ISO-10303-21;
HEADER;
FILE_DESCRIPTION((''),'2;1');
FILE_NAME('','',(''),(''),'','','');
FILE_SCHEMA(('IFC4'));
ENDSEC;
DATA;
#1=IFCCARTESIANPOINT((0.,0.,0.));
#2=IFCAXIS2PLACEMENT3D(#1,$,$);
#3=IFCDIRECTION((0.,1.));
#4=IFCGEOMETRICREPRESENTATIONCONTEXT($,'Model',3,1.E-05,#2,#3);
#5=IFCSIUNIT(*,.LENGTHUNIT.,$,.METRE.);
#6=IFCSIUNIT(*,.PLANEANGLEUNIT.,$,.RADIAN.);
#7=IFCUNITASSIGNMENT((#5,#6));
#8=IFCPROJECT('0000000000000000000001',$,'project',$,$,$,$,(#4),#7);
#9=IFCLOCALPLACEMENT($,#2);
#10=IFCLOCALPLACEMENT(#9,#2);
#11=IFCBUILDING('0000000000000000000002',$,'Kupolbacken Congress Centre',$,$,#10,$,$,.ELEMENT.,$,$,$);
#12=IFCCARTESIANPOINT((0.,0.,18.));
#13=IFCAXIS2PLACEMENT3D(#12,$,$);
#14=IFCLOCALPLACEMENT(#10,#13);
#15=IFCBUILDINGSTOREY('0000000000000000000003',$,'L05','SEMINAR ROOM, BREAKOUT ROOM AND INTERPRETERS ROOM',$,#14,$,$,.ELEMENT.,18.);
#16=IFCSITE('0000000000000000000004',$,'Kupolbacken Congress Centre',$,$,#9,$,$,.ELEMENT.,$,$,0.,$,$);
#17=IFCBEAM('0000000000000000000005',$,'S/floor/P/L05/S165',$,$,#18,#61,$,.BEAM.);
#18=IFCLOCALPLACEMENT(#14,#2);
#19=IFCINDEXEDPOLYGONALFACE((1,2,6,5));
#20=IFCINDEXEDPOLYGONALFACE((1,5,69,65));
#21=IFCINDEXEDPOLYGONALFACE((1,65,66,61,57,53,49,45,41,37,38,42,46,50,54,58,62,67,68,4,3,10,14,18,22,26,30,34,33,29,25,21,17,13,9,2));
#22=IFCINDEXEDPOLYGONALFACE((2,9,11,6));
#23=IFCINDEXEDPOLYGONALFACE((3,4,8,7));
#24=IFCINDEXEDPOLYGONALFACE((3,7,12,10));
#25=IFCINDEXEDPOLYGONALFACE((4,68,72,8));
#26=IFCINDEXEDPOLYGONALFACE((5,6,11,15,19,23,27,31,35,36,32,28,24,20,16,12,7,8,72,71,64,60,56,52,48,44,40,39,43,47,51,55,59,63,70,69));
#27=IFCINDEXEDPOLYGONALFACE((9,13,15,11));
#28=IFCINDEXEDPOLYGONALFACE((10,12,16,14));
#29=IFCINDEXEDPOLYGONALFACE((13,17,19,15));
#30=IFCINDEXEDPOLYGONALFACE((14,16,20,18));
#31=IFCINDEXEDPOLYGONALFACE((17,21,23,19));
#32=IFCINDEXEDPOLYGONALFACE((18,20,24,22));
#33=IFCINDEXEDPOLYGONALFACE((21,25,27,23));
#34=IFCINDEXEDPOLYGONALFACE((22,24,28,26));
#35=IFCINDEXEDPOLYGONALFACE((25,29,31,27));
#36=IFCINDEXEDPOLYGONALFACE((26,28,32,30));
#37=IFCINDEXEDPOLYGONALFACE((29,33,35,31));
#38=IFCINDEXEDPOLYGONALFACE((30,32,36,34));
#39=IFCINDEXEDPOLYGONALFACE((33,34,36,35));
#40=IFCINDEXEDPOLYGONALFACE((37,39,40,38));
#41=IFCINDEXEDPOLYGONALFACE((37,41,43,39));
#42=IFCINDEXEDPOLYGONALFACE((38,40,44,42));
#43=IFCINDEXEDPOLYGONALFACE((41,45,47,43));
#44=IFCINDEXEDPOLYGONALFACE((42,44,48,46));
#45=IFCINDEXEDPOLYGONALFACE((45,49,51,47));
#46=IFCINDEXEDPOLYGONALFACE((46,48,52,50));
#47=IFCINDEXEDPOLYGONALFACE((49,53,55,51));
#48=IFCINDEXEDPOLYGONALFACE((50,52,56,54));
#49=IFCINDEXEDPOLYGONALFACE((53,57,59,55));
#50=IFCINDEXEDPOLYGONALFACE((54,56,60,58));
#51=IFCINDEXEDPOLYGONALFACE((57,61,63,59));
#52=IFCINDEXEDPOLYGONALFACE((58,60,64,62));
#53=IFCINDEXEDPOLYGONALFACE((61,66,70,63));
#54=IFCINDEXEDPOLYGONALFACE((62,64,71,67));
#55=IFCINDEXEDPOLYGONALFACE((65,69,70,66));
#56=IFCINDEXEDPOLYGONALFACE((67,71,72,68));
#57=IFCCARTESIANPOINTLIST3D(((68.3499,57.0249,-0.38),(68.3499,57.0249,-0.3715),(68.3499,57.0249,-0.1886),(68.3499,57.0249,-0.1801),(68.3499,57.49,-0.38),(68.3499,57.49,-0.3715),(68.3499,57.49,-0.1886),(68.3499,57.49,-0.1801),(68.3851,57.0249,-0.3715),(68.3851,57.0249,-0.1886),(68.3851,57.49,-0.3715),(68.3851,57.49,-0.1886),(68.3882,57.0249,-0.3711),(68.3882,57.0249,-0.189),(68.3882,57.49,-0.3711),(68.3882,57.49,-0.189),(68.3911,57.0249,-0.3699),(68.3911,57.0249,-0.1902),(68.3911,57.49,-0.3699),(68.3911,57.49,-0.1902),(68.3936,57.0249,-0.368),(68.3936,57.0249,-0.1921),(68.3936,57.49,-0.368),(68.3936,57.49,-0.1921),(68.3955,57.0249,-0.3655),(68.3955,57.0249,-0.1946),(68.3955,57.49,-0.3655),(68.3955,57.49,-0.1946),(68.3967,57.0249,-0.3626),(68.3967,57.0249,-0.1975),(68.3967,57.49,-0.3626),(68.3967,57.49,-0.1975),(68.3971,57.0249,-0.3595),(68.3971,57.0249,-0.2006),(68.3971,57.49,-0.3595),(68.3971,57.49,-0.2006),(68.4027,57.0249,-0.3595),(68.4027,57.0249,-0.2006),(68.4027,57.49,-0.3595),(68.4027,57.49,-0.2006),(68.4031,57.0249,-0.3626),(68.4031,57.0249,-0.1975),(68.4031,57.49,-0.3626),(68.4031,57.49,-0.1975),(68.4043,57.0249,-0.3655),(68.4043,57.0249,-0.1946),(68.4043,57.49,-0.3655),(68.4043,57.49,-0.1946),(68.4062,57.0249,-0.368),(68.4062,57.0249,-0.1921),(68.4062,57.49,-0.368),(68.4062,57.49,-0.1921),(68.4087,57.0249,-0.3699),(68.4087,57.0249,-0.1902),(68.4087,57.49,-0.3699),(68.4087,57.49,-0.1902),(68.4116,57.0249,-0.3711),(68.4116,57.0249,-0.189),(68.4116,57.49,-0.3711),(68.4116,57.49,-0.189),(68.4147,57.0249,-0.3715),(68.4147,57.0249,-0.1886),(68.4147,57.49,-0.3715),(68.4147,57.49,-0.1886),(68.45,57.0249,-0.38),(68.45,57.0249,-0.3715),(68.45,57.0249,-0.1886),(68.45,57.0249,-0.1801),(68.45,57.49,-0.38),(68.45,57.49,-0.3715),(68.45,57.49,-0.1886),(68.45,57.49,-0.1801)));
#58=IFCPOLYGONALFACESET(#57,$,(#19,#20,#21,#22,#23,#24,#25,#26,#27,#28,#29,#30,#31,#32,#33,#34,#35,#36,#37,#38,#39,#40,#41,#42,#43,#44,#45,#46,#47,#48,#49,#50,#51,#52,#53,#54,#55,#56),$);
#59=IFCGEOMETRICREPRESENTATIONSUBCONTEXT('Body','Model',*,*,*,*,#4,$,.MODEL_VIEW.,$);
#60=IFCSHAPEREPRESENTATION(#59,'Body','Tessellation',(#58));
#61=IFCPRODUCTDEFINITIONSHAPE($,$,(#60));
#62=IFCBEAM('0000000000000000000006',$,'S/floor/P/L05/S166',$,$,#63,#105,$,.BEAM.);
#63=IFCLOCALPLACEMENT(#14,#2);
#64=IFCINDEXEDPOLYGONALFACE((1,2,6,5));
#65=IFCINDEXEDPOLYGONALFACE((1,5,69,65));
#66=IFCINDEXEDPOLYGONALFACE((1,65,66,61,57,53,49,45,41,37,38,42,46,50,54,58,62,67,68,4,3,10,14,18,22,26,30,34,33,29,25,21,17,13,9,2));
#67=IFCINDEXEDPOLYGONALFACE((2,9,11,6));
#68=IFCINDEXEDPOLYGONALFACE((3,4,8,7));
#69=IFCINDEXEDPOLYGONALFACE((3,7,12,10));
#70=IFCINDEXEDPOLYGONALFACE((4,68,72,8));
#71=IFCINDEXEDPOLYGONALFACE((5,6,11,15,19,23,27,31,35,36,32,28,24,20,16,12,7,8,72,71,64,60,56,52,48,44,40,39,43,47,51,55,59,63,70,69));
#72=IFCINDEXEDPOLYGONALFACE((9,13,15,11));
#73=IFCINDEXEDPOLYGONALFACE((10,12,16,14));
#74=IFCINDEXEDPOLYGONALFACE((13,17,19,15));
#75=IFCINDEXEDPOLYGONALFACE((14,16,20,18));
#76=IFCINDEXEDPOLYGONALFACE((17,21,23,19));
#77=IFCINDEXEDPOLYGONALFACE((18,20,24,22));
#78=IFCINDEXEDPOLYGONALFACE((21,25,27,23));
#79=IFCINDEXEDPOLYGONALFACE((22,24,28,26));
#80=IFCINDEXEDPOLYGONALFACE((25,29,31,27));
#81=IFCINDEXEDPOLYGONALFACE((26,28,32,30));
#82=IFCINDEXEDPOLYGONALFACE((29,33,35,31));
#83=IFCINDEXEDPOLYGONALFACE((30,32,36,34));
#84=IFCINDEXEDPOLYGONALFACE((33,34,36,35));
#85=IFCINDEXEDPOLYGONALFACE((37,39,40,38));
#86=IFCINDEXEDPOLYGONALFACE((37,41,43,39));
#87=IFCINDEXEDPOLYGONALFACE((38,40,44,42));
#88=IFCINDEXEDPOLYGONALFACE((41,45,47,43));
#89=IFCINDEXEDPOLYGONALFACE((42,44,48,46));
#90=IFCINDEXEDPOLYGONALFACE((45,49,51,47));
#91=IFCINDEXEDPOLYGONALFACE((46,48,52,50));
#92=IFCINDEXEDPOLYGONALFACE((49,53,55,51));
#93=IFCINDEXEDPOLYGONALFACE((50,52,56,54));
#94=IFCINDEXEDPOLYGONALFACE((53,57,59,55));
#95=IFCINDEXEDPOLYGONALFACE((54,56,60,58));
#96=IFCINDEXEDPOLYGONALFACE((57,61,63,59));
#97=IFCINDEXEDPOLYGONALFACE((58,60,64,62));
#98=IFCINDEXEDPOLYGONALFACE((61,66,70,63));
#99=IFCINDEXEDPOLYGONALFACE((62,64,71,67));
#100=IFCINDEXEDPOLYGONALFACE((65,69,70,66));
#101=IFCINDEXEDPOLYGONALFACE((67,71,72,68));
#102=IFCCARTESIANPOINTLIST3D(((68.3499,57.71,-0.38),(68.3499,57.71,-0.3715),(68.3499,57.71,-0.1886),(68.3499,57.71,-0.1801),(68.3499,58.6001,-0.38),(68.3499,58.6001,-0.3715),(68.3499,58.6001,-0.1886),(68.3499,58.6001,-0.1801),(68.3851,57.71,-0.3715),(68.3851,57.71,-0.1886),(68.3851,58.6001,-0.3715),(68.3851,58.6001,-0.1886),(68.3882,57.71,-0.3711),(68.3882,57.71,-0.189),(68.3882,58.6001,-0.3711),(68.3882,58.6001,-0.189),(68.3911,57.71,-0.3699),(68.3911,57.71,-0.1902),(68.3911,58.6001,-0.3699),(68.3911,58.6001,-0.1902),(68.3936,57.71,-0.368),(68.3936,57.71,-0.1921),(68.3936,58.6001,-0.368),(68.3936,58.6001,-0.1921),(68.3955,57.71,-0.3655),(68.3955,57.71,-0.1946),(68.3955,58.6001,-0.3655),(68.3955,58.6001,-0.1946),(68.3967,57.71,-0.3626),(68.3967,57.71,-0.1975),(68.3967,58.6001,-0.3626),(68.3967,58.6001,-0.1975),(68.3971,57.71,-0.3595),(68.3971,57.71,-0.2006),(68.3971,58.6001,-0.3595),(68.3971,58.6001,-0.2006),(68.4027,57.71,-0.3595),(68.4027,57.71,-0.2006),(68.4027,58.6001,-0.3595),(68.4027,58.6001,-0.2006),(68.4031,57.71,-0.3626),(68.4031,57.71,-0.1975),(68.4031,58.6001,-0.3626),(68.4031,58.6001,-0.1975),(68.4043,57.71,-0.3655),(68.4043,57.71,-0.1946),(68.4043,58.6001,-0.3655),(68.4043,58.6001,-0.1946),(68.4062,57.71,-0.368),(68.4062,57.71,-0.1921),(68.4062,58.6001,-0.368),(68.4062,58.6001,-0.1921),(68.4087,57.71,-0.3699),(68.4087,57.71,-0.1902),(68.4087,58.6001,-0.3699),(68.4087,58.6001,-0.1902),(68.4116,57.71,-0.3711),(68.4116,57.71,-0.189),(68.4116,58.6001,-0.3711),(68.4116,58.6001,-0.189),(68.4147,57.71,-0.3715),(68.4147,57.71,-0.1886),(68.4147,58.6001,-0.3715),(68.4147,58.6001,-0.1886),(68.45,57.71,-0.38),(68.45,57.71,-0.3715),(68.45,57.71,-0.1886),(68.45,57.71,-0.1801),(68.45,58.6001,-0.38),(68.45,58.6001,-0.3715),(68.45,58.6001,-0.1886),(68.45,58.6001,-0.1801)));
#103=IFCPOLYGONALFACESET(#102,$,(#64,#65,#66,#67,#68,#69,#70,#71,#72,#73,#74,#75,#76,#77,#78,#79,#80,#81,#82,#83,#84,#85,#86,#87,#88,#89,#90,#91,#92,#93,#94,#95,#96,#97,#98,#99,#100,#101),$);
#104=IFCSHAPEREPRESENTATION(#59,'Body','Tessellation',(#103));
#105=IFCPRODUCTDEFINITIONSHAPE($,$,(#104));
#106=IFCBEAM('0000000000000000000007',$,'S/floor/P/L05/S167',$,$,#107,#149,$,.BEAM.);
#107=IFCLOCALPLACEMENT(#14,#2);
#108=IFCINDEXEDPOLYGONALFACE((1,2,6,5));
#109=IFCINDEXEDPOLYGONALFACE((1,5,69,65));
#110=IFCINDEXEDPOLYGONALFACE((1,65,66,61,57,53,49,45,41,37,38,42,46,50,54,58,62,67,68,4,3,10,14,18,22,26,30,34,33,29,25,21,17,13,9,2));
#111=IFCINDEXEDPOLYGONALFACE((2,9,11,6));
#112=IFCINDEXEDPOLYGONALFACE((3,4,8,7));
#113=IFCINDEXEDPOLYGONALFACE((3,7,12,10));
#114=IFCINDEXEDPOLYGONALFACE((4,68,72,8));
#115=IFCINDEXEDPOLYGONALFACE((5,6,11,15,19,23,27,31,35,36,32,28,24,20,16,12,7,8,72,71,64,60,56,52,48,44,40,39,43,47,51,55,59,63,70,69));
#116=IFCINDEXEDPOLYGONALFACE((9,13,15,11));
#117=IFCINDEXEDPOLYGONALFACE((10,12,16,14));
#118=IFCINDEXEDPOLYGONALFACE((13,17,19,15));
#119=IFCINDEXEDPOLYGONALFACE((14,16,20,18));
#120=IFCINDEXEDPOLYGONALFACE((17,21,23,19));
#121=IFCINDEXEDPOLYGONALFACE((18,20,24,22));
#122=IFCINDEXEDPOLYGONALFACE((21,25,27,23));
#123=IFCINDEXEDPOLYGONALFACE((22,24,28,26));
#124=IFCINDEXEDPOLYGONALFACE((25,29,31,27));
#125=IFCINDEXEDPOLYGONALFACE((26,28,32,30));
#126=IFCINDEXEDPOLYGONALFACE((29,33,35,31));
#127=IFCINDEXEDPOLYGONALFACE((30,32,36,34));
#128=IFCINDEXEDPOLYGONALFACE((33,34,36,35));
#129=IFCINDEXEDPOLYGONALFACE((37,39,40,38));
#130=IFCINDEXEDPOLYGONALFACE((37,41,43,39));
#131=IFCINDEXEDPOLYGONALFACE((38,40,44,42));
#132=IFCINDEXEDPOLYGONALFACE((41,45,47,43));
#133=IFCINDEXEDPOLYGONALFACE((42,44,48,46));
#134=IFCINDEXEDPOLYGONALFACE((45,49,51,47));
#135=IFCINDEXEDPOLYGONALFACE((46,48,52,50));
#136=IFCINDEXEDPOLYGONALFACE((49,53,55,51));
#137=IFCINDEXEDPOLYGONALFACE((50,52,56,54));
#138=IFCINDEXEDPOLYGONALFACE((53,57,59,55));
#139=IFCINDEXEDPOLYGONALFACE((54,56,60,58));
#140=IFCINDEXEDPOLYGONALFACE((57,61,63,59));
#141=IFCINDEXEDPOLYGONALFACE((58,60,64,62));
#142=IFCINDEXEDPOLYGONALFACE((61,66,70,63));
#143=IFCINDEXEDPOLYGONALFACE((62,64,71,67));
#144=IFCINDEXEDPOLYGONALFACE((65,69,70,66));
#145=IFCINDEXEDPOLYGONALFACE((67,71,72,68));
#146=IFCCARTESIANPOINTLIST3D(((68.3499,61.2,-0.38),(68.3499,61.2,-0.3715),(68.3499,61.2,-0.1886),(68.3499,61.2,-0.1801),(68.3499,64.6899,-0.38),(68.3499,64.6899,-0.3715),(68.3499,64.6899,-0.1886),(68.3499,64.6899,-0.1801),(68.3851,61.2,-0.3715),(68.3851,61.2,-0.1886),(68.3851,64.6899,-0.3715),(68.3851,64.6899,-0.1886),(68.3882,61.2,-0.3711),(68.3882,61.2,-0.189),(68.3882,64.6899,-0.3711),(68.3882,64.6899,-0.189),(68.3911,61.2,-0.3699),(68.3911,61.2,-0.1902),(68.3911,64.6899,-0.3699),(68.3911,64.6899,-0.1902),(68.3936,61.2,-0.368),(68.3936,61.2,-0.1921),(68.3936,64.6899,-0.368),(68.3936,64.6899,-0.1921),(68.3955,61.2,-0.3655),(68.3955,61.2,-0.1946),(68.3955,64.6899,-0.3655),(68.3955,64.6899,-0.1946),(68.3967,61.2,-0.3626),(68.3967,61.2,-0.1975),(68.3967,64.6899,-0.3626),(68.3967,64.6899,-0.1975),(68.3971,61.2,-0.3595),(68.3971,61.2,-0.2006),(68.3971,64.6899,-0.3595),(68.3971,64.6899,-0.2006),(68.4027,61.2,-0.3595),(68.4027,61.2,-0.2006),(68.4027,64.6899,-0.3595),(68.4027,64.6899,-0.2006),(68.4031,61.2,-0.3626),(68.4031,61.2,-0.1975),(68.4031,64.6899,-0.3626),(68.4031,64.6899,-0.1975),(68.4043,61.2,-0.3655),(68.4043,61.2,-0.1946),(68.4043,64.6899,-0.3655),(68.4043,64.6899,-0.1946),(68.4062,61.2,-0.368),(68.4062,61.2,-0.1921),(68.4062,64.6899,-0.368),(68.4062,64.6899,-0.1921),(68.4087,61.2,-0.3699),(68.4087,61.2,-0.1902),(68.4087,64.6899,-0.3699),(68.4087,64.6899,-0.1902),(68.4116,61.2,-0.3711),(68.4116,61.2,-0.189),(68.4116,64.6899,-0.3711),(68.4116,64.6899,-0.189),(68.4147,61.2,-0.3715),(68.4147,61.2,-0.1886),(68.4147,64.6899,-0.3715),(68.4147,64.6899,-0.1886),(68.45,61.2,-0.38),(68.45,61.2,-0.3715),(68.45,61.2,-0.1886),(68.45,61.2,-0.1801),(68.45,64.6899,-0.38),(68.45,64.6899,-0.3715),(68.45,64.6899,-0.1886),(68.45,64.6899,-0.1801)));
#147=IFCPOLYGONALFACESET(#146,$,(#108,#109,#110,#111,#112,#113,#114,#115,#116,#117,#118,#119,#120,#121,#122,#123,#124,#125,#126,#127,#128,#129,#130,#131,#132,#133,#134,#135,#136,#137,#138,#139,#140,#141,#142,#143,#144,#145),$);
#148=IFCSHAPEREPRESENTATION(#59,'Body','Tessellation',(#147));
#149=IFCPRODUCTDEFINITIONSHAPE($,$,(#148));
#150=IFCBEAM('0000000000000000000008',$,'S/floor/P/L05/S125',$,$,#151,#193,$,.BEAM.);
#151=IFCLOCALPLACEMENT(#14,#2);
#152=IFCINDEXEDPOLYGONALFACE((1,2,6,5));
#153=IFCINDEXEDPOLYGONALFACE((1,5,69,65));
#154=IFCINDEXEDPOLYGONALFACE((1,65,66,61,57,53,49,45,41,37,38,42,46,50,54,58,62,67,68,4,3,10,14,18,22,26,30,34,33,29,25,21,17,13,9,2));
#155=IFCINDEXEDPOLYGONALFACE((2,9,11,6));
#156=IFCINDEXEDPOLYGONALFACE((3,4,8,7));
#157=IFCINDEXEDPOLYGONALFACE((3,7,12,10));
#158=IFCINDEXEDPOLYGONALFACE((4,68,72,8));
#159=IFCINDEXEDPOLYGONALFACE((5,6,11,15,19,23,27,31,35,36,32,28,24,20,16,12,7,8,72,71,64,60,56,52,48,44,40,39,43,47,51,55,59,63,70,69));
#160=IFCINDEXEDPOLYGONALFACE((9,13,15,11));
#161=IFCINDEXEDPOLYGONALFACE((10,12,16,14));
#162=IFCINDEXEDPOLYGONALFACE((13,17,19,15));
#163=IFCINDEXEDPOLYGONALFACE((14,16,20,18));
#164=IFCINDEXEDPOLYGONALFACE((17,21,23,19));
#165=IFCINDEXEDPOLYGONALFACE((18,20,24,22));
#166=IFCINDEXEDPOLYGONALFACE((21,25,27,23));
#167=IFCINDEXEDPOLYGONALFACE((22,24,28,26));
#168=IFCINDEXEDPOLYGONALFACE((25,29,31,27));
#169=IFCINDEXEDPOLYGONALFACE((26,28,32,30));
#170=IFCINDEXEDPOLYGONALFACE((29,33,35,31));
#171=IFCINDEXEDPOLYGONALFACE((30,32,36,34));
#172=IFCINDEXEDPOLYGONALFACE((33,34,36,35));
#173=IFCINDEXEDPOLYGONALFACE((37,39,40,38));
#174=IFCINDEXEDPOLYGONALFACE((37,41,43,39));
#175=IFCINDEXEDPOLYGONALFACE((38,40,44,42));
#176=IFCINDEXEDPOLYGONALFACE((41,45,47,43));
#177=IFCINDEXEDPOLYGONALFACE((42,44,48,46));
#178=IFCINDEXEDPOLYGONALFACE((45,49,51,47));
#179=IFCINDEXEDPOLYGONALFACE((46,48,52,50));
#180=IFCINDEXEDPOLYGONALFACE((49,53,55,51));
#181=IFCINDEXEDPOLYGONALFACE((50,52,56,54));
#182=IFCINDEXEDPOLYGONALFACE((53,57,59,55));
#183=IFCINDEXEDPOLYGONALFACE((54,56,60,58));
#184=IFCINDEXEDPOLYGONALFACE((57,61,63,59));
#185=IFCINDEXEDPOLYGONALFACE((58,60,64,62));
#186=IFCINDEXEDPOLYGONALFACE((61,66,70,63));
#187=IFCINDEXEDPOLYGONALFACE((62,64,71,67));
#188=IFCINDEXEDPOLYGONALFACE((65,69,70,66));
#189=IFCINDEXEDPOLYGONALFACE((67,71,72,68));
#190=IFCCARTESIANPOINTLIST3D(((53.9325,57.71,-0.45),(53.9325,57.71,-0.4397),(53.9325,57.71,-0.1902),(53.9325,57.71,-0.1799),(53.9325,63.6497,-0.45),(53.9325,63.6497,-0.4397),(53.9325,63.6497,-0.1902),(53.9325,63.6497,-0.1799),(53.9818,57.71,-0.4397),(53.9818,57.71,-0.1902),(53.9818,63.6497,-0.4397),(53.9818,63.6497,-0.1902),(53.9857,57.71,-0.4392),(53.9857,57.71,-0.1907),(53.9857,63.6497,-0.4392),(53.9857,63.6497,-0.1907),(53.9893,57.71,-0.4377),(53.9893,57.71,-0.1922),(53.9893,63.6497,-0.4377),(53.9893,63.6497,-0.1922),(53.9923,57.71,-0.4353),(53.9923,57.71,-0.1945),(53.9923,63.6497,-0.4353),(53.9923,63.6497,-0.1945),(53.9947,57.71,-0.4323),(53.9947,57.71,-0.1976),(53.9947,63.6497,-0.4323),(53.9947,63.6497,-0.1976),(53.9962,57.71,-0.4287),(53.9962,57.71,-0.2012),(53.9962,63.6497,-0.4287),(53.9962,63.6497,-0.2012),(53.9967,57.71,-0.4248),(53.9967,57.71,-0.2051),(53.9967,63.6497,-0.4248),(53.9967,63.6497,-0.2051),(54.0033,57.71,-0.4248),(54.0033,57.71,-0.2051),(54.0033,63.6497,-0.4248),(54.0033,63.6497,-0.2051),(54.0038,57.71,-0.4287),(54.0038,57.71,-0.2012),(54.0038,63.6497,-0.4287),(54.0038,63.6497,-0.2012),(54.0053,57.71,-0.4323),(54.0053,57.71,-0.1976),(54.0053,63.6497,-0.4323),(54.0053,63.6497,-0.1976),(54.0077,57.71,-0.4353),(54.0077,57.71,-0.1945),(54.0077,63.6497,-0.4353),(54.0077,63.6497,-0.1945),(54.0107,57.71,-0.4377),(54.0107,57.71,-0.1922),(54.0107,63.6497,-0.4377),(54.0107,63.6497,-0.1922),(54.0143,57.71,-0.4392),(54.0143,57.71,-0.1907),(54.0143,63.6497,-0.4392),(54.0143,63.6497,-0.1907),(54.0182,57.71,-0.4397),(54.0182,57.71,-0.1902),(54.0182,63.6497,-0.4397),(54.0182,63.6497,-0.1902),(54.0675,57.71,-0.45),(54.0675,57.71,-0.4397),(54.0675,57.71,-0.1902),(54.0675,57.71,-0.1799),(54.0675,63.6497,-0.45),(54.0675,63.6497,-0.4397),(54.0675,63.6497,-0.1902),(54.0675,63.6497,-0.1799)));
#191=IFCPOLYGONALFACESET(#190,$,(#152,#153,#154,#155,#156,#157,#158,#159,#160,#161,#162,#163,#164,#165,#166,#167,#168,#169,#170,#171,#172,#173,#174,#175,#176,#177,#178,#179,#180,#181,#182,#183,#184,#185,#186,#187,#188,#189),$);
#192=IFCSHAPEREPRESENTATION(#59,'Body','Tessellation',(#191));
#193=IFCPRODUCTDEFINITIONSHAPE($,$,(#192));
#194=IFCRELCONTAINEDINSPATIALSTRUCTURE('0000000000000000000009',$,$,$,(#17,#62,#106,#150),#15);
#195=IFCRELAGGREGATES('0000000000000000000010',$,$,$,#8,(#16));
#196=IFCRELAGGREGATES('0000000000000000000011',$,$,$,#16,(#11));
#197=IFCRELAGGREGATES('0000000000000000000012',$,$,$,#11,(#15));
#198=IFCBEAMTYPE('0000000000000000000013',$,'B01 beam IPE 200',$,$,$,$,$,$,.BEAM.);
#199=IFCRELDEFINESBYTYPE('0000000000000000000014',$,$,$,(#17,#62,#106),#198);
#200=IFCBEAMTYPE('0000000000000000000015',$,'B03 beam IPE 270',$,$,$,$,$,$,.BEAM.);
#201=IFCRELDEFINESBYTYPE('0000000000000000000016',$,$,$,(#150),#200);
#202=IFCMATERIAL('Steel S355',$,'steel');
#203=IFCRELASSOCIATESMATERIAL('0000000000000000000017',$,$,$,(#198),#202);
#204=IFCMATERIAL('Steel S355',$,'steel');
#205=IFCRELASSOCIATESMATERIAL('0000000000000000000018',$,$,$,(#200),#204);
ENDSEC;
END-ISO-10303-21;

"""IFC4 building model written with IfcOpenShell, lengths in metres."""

from ifc_helpers import new_model, si_unit, direction, frame, origin, origin_2d, place, context, subcontext, project, spatial, i_section, extrude, material, material_profile, profile_set, type_object, element, save


model = new_model("IFC4")

# Units and contexts
model_context = context("Model", 3, precision=1e-05, world=origin(), true_north=direction((0.0, 1.0)))
body_context = subcontext(model_context, "Body", "Model", "MODEL_VIEW")
ifc_project = project(units=[si_unit("LENGTHUNIT", "METRE"), si_unit("PLANEANGLEUNIT", "RADIAN")], contexts=[model_context])

# Site, building, storey
site_placement = place(None, origin())
site = spatial("IfcSite", under=ifc_project, at=site_placement, Name="Kupolbacken Congress Centre", CompositionType="ELEMENT", RefElevation=0.0)
building_placement = place(site_placement, origin())
building = spatial("IfcBuilding", under=site, at=building_placement, Name="Kupolbacken Congress Centre", CompositionType="ELEMENT")
storey_placement = place(building_placement, frame((0.0, 0.0, 18.0)))
storey = spatial("IfcBuildingStorey", under=building, at=storey_placement, Name="L05", Description="SEMINAR ROOM, BREAKOUT ROOM AND INTERPRETERS ROOM", CompositionType="ELEMENT", Elevation=18.0)

# Beams
ifc_material_1 = material(Name="Steel S355", Category="steel")
ifc_material_profile_1 = material_profile(ifc_material_1, i_section(OverallWidth=0.1001, OverallDepth=0.2, WebThickness=0.0056, FlangeThickness=0.0085, FilletRadius=0.012, at=origin_2d()), Name="IPE 200")
ifc_profile_set_1 = profile_set([ifc_material_profile_1], Name="Steel S355")
beam_type_1 = type_object("IfcBeamType", Name="B01 beam IPE 200", PredefinedType="BEAM", material=ifc_profile_set_1)
for number, where, z_axis, x_axis, name in (
    (1, (68.3999, 57.0249, -0.28), (0.0, 1.0, 0.0), (-1.0, 0.0, 0.0), "S/floor/P/L05/S165"),
):
    element("IfcBeam", number, at=place(storey_placement, frame(where, z_axis=z_axis, x_axis=x_axis)), inside=storey, type_object=beam_type_1, Name=name, PredefinedType="BEAM", context=body_context, shape_type="SweptSolid", body=[
        extrude(i_section(OverallWidth=0.1001, OverallDepth=0.2, WebThickness=0.0056, FlangeThickness=0.0085, FilletRadius=0.012, at=origin_2d()), origin(), (0.0, 0.0, 1.0), 0.4651),
    ])
beam_1_placement = place(storey_placement, frame((68.3999, 57.71, -0.28), z_axis=(0.0, 1.0, 0.0), x_axis=(-1.0, 0.0, 0.0)))
element("IfcBeam", 2, at=beam_1_placement, inside=storey, type_object=beam_type_1, Name="S/floor/P/L05/S166", PredefinedType="BEAM", context=body_context, shape_type="SweptSolid", body=[
    extrude(i_section(OverallWidth=0.1001, OverallDepth=0.2, WebThickness=0.0056, FlangeThickness=0.0085, FilletRadius=0.012, at=origin_2d()), origin(), (0.0, 0.0, 1.0), 0.8901),
])
beam_2_placement = place(storey_placement, frame((68.3999, 61.2, -0.28), z_axis=(0.0, 1.0, 0.0), x_axis=(-1.0, 0.0, 0.0)))
element("IfcBeam", 3, at=beam_2_placement, inside=storey, type_object=beam_type_1, Name="S/floor/P/L05/S167", PredefinedType="BEAM", context=body_context, shape_type="SweptSolid", body=[
    extrude(i_section(OverallWidth=0.1001, OverallDepth=0.2, WebThickness=0.0056, FlangeThickness=0.0085, FilletRadius=0.012, at=origin_2d()), origin(), (0.0, 0.0, 1.0), 3.49),
])
ifc_material_2 = material(Name="Steel S355", Category="steel")
ifc_material_profile_2 = material_profile(ifc_material_2, i_section(OverallWidth=0.135, OverallDepth=0.27, WebThickness=0.0066, FlangeThickness=0.0103, FilletRadius=0.0149, at=origin_2d()), Name="IPE 270")
ifc_profile_set_2 = profile_set([ifc_material_profile_2], Name="Steel S355")
beam_type_2 = type_object("IfcBeamType", Name="B03 beam IPE 270", PredefinedType="BEAM", material=ifc_profile_set_2)
beam_3_placement = place(storey_placement, frame((54.0, 57.71, -0.3149), z_axis=(0.0, 1.0, 0.0), x_axis=(-1.0, 0.0, 0.0)))
element("IfcBeam", 4, at=beam_3_placement, inside=storey, type_object=beam_type_2, Name="S/floor/P/L05/S125", PredefinedType="BEAM", context=body_context, shape_type="SweptSolid", body=[
    extrude(i_section(OverallWidth=0.135, OverallDepth=0.27, WebThickness=0.0066, FlangeThickness=0.0103, FilletRadius=0.0149, at=origin_2d()), origin(), (0.0, 0.0, 1.0), 5.9397),
])

save(model, "model.ifc")
